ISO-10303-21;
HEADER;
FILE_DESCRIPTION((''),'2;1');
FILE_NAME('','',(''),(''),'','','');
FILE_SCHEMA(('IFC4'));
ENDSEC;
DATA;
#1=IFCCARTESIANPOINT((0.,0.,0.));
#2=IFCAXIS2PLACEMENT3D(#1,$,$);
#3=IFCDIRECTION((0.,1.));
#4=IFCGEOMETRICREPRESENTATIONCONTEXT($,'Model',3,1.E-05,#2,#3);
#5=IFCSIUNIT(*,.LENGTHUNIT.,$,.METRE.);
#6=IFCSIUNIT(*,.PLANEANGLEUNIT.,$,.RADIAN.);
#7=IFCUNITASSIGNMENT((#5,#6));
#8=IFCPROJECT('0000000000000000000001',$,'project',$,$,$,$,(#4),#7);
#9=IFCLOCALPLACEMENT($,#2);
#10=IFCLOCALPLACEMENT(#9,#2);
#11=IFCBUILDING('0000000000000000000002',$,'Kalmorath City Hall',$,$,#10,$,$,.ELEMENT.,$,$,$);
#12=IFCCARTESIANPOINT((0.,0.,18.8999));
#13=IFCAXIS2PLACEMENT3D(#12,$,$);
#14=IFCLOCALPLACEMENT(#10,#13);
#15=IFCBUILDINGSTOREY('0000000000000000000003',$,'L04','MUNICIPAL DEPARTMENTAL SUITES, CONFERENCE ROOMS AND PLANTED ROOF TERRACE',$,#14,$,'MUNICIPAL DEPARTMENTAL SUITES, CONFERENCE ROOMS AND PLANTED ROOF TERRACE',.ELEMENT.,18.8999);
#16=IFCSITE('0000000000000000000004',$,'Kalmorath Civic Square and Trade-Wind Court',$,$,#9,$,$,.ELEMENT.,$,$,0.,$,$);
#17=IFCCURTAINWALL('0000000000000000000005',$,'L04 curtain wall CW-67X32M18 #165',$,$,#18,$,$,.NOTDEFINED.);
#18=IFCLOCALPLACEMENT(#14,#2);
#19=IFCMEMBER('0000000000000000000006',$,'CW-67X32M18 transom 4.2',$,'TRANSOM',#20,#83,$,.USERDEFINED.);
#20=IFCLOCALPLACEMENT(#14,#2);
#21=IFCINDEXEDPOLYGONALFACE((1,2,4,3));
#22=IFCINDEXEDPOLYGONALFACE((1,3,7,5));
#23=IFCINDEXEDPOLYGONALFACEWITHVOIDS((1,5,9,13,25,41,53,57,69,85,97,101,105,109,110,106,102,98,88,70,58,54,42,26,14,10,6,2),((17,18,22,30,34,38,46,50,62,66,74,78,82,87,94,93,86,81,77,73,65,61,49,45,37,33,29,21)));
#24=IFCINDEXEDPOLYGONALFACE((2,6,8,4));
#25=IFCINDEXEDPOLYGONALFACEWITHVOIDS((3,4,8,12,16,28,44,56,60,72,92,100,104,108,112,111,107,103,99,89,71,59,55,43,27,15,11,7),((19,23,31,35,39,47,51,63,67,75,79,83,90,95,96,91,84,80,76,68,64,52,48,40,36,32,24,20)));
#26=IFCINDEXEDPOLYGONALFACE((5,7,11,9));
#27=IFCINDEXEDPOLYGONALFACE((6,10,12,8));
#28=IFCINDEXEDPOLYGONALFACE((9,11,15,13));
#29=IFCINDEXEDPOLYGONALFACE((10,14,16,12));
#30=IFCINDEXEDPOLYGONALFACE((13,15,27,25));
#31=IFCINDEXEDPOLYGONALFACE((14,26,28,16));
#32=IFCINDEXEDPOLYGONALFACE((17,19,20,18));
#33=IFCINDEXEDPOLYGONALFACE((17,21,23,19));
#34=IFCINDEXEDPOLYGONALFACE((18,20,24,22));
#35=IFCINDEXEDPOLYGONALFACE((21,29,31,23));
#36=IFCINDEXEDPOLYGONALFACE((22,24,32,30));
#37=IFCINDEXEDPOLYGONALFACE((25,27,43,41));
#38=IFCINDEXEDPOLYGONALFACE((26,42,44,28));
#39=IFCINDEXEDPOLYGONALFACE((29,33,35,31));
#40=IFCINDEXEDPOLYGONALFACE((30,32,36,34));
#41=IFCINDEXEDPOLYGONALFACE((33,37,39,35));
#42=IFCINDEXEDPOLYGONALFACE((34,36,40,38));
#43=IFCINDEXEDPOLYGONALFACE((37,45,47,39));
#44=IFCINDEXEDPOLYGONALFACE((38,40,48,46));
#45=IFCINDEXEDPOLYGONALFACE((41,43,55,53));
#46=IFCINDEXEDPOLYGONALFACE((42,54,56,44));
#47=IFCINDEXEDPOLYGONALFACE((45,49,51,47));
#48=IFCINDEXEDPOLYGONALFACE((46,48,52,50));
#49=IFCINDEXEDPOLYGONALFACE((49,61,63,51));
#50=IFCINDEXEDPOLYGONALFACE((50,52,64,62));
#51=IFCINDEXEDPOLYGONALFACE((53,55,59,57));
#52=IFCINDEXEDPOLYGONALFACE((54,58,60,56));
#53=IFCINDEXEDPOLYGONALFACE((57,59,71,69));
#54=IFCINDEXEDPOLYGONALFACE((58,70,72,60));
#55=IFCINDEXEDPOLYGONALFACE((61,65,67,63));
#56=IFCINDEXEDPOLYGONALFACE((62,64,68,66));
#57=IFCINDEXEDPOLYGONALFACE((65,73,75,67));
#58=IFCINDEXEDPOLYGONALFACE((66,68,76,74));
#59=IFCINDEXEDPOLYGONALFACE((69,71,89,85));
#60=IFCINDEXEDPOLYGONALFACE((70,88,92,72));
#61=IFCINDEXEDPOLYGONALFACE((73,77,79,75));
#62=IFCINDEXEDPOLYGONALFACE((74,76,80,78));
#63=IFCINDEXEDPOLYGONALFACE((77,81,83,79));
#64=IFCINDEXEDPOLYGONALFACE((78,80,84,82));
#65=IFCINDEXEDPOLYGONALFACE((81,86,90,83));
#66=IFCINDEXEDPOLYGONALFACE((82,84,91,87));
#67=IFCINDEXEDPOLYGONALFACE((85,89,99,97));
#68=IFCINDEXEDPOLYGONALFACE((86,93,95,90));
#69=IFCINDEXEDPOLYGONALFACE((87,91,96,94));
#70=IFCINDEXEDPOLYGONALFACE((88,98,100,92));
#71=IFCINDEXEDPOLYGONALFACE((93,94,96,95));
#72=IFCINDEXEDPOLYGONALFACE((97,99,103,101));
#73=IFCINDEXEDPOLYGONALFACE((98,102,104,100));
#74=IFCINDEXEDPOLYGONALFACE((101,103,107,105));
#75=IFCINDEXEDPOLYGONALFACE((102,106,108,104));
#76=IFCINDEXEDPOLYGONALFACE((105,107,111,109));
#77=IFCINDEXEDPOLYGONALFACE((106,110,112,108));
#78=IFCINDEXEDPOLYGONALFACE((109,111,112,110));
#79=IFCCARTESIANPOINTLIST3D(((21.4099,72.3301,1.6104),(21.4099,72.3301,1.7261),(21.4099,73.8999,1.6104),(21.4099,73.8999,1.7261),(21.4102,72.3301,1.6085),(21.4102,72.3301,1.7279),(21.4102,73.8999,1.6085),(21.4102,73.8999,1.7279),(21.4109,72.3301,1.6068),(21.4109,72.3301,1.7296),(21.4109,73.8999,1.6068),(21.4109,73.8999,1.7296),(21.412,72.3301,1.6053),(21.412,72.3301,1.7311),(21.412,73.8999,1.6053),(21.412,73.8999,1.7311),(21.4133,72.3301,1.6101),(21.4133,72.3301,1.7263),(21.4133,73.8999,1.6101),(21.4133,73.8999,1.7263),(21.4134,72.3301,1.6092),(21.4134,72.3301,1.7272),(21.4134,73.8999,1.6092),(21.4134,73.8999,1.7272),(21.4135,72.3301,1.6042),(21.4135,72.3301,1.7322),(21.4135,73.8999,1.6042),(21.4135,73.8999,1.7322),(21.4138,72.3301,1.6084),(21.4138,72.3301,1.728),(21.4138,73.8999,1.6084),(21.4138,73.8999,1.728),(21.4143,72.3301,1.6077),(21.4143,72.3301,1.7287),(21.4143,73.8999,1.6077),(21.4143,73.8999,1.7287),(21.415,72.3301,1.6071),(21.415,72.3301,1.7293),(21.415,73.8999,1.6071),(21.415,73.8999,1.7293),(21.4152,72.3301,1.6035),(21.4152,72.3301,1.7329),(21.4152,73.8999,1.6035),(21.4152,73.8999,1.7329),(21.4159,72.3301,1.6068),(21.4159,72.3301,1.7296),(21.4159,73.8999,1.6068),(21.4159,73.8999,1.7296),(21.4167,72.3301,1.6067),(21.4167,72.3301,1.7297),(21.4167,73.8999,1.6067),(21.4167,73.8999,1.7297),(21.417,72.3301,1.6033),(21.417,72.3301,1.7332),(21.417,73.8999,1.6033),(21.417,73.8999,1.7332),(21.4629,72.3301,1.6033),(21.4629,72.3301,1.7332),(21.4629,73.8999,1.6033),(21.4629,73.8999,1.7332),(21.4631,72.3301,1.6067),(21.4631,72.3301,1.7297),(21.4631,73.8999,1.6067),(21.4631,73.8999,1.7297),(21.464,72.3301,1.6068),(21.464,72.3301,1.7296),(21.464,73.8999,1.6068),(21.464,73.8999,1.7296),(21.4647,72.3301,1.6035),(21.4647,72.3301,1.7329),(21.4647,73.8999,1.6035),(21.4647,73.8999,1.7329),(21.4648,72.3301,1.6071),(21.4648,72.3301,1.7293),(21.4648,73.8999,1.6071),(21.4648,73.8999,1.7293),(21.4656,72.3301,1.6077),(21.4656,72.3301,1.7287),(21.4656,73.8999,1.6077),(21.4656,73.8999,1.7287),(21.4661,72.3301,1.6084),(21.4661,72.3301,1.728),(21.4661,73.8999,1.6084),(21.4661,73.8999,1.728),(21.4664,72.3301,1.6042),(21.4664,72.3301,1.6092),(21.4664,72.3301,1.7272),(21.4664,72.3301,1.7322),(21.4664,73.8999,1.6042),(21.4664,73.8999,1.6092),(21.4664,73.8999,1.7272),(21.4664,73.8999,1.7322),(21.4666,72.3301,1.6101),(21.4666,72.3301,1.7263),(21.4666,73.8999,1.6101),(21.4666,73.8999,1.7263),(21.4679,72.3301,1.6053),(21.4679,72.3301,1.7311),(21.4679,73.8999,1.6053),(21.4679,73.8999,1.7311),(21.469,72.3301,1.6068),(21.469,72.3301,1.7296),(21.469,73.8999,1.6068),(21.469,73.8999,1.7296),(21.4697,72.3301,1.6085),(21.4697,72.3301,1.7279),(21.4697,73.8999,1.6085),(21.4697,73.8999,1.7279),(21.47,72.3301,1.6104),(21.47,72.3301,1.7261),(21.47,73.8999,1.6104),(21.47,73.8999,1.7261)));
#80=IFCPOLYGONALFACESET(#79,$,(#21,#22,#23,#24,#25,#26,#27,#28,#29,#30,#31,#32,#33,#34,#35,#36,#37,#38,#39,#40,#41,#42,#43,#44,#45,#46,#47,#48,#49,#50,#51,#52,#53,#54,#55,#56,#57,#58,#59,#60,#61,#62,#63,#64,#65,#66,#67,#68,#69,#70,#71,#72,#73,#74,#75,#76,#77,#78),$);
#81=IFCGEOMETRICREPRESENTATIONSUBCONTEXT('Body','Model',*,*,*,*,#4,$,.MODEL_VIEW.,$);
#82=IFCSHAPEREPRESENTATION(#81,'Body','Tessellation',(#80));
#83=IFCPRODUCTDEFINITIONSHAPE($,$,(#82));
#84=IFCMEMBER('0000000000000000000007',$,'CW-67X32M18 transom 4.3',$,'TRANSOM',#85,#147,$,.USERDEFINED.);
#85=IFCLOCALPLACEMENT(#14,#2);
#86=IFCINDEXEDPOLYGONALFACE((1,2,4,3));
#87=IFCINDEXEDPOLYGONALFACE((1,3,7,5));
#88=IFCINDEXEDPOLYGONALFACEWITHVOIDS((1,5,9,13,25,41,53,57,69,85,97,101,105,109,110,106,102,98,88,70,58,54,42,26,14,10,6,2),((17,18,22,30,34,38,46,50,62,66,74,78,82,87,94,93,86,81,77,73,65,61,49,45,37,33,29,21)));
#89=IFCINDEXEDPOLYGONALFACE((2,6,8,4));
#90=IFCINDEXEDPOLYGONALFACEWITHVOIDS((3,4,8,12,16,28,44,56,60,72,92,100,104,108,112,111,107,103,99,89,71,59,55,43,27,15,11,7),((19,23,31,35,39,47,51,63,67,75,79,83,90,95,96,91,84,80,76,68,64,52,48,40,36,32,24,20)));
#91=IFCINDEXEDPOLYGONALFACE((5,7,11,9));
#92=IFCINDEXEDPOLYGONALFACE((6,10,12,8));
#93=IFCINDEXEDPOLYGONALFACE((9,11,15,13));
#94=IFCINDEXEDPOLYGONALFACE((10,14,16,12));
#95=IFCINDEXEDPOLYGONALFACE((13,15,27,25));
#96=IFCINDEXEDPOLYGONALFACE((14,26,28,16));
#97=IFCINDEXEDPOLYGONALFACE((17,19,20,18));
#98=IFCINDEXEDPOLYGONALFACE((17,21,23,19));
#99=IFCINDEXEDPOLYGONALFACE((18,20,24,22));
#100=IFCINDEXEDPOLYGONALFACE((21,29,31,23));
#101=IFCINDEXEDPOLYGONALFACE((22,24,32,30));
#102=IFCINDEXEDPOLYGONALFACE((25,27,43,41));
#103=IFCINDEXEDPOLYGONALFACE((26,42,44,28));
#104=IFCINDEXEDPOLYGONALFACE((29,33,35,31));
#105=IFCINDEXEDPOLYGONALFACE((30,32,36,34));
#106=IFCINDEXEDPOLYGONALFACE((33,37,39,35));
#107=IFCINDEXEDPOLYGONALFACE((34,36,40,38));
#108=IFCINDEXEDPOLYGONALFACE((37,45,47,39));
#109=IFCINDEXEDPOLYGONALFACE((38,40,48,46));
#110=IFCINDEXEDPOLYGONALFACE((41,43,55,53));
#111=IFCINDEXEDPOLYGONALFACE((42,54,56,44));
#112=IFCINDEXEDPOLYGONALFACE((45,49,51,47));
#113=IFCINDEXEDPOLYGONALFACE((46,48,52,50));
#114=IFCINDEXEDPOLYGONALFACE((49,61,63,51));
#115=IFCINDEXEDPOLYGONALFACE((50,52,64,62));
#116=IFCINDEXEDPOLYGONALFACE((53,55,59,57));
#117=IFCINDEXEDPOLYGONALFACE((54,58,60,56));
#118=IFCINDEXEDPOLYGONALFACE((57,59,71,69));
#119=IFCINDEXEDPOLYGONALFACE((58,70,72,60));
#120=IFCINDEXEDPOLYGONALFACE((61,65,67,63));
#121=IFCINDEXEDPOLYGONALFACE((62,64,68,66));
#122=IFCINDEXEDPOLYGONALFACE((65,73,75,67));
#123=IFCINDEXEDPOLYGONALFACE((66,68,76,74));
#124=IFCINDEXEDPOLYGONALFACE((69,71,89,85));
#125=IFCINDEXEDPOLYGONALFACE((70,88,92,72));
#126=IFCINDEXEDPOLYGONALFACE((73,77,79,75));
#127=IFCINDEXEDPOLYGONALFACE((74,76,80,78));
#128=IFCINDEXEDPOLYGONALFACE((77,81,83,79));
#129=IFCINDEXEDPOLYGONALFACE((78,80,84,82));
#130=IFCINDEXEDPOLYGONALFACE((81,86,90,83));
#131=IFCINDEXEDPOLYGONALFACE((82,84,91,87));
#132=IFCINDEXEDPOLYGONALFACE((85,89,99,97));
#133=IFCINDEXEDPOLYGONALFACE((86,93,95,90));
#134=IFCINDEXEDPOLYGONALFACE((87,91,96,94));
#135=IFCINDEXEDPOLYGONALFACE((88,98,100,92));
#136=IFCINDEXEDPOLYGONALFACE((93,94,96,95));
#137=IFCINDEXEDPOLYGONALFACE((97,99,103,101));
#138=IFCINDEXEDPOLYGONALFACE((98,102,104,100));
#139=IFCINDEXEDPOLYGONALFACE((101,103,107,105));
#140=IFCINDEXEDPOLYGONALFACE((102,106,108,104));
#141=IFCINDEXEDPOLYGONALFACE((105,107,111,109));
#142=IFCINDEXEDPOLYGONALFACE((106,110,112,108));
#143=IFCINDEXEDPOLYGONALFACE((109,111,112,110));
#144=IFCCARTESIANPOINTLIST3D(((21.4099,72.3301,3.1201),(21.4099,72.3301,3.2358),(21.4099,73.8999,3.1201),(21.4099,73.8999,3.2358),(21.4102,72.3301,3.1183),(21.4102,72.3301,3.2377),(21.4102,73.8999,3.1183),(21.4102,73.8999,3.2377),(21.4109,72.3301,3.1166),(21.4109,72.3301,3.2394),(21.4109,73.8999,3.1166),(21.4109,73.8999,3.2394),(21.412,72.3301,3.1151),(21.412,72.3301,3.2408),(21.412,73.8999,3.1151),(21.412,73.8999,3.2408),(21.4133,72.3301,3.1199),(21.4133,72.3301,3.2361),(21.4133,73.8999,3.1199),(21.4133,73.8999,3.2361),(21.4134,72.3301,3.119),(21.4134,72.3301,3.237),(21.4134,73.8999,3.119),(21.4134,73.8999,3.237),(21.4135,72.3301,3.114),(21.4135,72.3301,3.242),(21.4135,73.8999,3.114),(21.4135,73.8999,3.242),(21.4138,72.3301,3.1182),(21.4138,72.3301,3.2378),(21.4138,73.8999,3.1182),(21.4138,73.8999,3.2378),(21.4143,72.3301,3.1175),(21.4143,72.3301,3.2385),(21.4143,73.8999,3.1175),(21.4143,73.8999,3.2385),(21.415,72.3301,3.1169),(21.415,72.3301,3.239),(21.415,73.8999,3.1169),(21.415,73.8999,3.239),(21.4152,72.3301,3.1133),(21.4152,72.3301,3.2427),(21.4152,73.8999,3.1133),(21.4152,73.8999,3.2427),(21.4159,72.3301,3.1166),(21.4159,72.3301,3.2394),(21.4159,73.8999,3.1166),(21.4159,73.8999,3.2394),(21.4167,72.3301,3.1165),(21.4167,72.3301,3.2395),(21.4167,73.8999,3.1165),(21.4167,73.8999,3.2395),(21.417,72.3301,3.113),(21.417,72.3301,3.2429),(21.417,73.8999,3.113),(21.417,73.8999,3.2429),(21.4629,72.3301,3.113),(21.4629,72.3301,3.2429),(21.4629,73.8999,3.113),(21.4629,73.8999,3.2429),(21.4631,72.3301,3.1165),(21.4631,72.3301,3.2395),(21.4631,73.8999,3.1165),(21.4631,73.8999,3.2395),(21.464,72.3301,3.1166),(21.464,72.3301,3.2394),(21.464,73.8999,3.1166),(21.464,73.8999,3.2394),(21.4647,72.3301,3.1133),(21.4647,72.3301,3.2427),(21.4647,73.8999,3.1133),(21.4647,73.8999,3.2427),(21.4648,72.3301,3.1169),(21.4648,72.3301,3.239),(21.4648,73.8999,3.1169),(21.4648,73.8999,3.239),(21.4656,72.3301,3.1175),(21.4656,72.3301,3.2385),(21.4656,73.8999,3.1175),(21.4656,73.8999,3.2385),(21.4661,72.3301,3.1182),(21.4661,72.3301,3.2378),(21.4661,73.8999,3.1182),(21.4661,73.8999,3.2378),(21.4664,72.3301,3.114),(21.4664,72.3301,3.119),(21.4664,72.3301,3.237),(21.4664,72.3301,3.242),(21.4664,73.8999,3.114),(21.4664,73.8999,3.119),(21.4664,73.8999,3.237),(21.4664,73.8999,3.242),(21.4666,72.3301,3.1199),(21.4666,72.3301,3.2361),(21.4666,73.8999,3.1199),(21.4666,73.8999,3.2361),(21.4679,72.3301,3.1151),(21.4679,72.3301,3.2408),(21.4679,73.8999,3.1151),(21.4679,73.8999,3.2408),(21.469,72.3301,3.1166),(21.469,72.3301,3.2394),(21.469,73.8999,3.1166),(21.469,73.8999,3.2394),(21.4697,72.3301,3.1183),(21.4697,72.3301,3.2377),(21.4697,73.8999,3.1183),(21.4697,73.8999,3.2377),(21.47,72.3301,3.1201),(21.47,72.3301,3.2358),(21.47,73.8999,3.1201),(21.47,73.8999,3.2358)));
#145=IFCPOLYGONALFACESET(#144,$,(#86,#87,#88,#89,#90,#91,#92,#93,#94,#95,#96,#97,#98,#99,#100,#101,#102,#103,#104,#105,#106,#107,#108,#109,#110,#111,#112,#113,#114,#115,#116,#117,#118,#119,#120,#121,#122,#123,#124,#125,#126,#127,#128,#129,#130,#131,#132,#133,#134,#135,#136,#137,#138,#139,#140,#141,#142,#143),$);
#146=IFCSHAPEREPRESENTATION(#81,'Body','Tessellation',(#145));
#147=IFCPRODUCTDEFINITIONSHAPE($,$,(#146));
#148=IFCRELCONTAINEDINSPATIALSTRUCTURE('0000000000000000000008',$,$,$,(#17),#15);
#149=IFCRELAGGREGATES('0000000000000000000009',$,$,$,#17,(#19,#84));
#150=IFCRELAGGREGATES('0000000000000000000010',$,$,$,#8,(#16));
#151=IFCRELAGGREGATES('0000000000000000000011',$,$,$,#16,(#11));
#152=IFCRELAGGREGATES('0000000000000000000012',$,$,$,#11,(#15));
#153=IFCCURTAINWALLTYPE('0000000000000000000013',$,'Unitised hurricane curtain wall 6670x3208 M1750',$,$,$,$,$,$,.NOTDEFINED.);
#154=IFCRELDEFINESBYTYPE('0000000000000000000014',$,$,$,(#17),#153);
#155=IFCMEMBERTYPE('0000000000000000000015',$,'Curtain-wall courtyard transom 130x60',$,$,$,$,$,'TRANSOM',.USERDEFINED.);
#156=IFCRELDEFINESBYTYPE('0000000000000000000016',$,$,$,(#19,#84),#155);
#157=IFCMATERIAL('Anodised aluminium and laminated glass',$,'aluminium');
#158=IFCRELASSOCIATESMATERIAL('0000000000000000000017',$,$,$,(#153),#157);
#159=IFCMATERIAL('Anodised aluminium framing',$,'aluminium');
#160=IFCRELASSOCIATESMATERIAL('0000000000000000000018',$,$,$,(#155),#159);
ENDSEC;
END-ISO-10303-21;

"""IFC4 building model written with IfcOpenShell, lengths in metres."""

from ifc_helpers import new_model, si_unit, direction, frame, origin, origin_2d, place, context, subcontext, project, spatial, hollow_rectangle, extrude, material, material_profile, profile_set, type_object, element, aggregate, save


model = new_model("IFC4")

# Units and contexts
model_context = context("Model", 3, precision=1e-05, world=origin(), true_north=direction((0.0, 1.0)))
body_context = subcontext(model_context, "Body", "Model", "MODEL_VIEW")
ifc_project = project(units=[si_unit("LENGTHUNIT", "METRE"), si_unit("PLANEANGLEUNIT", "RADIAN")], contexts=[model_context])

# Site, building, storey
site_placement = place(None, origin())
site = spatial("IfcSite", under=ifc_project, at=site_placement, Name="Kalmorath Civic Square and Trade-Wind Court", CompositionType="ELEMENT", RefElevation=0.0)
building_placement = place(site_placement, origin())
building = spatial("IfcBuilding", under=site, at=building_placement, Name="Kalmorath City Hall", CompositionType="ELEMENT")
storey_placement = place(building_placement, frame((0.0, 0.0, 18.8999)))
storey = spatial("IfcBuildingStorey", under=building, at=storey_placement, Name="L04", Description="MUNICIPAL DEPARTMENTAL SUITES, CONFERENCE ROOMS AND PLANTED ROOF TERRACE", LongName="MUNICIPAL DEPARTMENTAL SUITES, CONFERENCE ROOMS AND PLANTED ROOF TERRACE", CompositionType="ELEMENT", Elevation=18.8999)

# Curtain wall
ifc_material_1 = material(Name="Anodised aluminium and laminated glass", Category="aluminium")
curtain_wall_type_1 = type_object("IfcCurtainWallType", Name="Unitised hurricane curtain wall 6670x3208 M1750", PredefinedType="NOTDEFINED", material=ifc_material_1)
curtain_wall_1_placement = place(storey_placement, origin())
curtain_wall_1 = element("IfcCurtainWall", 1, at=curtain_wall_1_placement, inside=storey, type_object=curtain_wall_type_1, Name="L04 curtain wall CW-67X32M18 #165", PredefinedType="NOTDEFINED")

# Members
ifc_material_2 = material(Name="Anodised aluminium framing", Category="aluminium")
ifc_material_profile_1 = material_profile(ifc_material_2, hollow_rectangle(XDim=0.0601, YDim=0.1299, WallThickness=0.0034, InnerFilletRadius=0.0034, OuterFilletRadius=0.0071, at=origin_2d()), Name="ALU-TRN-130X60X3.5")
ifc_profile_set_1 = profile_set([ifc_material_profile_1], Name="Anodised aluminium framing")
member_type_1 = type_object("IfcMemberType", Name="Curtain-wall courtyard transom 130x60", ElementType="TRANSOM", PredefinedType="USERDEFINED", material=ifc_profile_set_1)
member_1_placement = place(storey_placement, frame((21.4399, 73.8999, 1.6682), z_axis=(0.0, -1.0, 0.0), x_axis=(1.0, 0.0, 0.0)))
member_1 = element("IfcMember", 2, at=member_1_placement, type_object=member_type_1, Name="CW-67X32M18 transom 4.2", ObjectType="TRANSOM", PredefinedType="USERDEFINED", context=body_context, shape_type="SweptSolid", body=[
    extrude(hollow_rectangle(XDim=0.0601, YDim=0.1299, WallThickness=0.0034, InnerFilletRadius=0.0034, OuterFilletRadius=0.0071, at=origin_2d()), origin(), (0.0, 0.0, 1.0), 1.5698),
])
member_2_placement = place(storey_placement, frame((21.4399, 73.8999, 3.178), z_axis=(0.0, -1.0, 0.0), x_axis=(1.0, 0.0, 0.0)))
member_2 = element("IfcMember", 3, at=member_2_placement, type_object=member_type_1, Name="CW-67X32M18 transom 4.3", ObjectType="TRANSOM", PredefinedType="USERDEFINED", context=body_context, shape_type="SweptSolid", body=[
    extrude(hollow_rectangle(XDim=0.0601, YDim=0.1299, WallThickness=0.0034, InnerFilletRadius=0.0034, OuterFilletRadius=0.0071, at=origin_2d()), origin(), (0.0, 0.0, 1.0), 1.5698),
])

aggregate(curtain_wall_1, [member_1, member_2])

save(model, "model.ifc")
